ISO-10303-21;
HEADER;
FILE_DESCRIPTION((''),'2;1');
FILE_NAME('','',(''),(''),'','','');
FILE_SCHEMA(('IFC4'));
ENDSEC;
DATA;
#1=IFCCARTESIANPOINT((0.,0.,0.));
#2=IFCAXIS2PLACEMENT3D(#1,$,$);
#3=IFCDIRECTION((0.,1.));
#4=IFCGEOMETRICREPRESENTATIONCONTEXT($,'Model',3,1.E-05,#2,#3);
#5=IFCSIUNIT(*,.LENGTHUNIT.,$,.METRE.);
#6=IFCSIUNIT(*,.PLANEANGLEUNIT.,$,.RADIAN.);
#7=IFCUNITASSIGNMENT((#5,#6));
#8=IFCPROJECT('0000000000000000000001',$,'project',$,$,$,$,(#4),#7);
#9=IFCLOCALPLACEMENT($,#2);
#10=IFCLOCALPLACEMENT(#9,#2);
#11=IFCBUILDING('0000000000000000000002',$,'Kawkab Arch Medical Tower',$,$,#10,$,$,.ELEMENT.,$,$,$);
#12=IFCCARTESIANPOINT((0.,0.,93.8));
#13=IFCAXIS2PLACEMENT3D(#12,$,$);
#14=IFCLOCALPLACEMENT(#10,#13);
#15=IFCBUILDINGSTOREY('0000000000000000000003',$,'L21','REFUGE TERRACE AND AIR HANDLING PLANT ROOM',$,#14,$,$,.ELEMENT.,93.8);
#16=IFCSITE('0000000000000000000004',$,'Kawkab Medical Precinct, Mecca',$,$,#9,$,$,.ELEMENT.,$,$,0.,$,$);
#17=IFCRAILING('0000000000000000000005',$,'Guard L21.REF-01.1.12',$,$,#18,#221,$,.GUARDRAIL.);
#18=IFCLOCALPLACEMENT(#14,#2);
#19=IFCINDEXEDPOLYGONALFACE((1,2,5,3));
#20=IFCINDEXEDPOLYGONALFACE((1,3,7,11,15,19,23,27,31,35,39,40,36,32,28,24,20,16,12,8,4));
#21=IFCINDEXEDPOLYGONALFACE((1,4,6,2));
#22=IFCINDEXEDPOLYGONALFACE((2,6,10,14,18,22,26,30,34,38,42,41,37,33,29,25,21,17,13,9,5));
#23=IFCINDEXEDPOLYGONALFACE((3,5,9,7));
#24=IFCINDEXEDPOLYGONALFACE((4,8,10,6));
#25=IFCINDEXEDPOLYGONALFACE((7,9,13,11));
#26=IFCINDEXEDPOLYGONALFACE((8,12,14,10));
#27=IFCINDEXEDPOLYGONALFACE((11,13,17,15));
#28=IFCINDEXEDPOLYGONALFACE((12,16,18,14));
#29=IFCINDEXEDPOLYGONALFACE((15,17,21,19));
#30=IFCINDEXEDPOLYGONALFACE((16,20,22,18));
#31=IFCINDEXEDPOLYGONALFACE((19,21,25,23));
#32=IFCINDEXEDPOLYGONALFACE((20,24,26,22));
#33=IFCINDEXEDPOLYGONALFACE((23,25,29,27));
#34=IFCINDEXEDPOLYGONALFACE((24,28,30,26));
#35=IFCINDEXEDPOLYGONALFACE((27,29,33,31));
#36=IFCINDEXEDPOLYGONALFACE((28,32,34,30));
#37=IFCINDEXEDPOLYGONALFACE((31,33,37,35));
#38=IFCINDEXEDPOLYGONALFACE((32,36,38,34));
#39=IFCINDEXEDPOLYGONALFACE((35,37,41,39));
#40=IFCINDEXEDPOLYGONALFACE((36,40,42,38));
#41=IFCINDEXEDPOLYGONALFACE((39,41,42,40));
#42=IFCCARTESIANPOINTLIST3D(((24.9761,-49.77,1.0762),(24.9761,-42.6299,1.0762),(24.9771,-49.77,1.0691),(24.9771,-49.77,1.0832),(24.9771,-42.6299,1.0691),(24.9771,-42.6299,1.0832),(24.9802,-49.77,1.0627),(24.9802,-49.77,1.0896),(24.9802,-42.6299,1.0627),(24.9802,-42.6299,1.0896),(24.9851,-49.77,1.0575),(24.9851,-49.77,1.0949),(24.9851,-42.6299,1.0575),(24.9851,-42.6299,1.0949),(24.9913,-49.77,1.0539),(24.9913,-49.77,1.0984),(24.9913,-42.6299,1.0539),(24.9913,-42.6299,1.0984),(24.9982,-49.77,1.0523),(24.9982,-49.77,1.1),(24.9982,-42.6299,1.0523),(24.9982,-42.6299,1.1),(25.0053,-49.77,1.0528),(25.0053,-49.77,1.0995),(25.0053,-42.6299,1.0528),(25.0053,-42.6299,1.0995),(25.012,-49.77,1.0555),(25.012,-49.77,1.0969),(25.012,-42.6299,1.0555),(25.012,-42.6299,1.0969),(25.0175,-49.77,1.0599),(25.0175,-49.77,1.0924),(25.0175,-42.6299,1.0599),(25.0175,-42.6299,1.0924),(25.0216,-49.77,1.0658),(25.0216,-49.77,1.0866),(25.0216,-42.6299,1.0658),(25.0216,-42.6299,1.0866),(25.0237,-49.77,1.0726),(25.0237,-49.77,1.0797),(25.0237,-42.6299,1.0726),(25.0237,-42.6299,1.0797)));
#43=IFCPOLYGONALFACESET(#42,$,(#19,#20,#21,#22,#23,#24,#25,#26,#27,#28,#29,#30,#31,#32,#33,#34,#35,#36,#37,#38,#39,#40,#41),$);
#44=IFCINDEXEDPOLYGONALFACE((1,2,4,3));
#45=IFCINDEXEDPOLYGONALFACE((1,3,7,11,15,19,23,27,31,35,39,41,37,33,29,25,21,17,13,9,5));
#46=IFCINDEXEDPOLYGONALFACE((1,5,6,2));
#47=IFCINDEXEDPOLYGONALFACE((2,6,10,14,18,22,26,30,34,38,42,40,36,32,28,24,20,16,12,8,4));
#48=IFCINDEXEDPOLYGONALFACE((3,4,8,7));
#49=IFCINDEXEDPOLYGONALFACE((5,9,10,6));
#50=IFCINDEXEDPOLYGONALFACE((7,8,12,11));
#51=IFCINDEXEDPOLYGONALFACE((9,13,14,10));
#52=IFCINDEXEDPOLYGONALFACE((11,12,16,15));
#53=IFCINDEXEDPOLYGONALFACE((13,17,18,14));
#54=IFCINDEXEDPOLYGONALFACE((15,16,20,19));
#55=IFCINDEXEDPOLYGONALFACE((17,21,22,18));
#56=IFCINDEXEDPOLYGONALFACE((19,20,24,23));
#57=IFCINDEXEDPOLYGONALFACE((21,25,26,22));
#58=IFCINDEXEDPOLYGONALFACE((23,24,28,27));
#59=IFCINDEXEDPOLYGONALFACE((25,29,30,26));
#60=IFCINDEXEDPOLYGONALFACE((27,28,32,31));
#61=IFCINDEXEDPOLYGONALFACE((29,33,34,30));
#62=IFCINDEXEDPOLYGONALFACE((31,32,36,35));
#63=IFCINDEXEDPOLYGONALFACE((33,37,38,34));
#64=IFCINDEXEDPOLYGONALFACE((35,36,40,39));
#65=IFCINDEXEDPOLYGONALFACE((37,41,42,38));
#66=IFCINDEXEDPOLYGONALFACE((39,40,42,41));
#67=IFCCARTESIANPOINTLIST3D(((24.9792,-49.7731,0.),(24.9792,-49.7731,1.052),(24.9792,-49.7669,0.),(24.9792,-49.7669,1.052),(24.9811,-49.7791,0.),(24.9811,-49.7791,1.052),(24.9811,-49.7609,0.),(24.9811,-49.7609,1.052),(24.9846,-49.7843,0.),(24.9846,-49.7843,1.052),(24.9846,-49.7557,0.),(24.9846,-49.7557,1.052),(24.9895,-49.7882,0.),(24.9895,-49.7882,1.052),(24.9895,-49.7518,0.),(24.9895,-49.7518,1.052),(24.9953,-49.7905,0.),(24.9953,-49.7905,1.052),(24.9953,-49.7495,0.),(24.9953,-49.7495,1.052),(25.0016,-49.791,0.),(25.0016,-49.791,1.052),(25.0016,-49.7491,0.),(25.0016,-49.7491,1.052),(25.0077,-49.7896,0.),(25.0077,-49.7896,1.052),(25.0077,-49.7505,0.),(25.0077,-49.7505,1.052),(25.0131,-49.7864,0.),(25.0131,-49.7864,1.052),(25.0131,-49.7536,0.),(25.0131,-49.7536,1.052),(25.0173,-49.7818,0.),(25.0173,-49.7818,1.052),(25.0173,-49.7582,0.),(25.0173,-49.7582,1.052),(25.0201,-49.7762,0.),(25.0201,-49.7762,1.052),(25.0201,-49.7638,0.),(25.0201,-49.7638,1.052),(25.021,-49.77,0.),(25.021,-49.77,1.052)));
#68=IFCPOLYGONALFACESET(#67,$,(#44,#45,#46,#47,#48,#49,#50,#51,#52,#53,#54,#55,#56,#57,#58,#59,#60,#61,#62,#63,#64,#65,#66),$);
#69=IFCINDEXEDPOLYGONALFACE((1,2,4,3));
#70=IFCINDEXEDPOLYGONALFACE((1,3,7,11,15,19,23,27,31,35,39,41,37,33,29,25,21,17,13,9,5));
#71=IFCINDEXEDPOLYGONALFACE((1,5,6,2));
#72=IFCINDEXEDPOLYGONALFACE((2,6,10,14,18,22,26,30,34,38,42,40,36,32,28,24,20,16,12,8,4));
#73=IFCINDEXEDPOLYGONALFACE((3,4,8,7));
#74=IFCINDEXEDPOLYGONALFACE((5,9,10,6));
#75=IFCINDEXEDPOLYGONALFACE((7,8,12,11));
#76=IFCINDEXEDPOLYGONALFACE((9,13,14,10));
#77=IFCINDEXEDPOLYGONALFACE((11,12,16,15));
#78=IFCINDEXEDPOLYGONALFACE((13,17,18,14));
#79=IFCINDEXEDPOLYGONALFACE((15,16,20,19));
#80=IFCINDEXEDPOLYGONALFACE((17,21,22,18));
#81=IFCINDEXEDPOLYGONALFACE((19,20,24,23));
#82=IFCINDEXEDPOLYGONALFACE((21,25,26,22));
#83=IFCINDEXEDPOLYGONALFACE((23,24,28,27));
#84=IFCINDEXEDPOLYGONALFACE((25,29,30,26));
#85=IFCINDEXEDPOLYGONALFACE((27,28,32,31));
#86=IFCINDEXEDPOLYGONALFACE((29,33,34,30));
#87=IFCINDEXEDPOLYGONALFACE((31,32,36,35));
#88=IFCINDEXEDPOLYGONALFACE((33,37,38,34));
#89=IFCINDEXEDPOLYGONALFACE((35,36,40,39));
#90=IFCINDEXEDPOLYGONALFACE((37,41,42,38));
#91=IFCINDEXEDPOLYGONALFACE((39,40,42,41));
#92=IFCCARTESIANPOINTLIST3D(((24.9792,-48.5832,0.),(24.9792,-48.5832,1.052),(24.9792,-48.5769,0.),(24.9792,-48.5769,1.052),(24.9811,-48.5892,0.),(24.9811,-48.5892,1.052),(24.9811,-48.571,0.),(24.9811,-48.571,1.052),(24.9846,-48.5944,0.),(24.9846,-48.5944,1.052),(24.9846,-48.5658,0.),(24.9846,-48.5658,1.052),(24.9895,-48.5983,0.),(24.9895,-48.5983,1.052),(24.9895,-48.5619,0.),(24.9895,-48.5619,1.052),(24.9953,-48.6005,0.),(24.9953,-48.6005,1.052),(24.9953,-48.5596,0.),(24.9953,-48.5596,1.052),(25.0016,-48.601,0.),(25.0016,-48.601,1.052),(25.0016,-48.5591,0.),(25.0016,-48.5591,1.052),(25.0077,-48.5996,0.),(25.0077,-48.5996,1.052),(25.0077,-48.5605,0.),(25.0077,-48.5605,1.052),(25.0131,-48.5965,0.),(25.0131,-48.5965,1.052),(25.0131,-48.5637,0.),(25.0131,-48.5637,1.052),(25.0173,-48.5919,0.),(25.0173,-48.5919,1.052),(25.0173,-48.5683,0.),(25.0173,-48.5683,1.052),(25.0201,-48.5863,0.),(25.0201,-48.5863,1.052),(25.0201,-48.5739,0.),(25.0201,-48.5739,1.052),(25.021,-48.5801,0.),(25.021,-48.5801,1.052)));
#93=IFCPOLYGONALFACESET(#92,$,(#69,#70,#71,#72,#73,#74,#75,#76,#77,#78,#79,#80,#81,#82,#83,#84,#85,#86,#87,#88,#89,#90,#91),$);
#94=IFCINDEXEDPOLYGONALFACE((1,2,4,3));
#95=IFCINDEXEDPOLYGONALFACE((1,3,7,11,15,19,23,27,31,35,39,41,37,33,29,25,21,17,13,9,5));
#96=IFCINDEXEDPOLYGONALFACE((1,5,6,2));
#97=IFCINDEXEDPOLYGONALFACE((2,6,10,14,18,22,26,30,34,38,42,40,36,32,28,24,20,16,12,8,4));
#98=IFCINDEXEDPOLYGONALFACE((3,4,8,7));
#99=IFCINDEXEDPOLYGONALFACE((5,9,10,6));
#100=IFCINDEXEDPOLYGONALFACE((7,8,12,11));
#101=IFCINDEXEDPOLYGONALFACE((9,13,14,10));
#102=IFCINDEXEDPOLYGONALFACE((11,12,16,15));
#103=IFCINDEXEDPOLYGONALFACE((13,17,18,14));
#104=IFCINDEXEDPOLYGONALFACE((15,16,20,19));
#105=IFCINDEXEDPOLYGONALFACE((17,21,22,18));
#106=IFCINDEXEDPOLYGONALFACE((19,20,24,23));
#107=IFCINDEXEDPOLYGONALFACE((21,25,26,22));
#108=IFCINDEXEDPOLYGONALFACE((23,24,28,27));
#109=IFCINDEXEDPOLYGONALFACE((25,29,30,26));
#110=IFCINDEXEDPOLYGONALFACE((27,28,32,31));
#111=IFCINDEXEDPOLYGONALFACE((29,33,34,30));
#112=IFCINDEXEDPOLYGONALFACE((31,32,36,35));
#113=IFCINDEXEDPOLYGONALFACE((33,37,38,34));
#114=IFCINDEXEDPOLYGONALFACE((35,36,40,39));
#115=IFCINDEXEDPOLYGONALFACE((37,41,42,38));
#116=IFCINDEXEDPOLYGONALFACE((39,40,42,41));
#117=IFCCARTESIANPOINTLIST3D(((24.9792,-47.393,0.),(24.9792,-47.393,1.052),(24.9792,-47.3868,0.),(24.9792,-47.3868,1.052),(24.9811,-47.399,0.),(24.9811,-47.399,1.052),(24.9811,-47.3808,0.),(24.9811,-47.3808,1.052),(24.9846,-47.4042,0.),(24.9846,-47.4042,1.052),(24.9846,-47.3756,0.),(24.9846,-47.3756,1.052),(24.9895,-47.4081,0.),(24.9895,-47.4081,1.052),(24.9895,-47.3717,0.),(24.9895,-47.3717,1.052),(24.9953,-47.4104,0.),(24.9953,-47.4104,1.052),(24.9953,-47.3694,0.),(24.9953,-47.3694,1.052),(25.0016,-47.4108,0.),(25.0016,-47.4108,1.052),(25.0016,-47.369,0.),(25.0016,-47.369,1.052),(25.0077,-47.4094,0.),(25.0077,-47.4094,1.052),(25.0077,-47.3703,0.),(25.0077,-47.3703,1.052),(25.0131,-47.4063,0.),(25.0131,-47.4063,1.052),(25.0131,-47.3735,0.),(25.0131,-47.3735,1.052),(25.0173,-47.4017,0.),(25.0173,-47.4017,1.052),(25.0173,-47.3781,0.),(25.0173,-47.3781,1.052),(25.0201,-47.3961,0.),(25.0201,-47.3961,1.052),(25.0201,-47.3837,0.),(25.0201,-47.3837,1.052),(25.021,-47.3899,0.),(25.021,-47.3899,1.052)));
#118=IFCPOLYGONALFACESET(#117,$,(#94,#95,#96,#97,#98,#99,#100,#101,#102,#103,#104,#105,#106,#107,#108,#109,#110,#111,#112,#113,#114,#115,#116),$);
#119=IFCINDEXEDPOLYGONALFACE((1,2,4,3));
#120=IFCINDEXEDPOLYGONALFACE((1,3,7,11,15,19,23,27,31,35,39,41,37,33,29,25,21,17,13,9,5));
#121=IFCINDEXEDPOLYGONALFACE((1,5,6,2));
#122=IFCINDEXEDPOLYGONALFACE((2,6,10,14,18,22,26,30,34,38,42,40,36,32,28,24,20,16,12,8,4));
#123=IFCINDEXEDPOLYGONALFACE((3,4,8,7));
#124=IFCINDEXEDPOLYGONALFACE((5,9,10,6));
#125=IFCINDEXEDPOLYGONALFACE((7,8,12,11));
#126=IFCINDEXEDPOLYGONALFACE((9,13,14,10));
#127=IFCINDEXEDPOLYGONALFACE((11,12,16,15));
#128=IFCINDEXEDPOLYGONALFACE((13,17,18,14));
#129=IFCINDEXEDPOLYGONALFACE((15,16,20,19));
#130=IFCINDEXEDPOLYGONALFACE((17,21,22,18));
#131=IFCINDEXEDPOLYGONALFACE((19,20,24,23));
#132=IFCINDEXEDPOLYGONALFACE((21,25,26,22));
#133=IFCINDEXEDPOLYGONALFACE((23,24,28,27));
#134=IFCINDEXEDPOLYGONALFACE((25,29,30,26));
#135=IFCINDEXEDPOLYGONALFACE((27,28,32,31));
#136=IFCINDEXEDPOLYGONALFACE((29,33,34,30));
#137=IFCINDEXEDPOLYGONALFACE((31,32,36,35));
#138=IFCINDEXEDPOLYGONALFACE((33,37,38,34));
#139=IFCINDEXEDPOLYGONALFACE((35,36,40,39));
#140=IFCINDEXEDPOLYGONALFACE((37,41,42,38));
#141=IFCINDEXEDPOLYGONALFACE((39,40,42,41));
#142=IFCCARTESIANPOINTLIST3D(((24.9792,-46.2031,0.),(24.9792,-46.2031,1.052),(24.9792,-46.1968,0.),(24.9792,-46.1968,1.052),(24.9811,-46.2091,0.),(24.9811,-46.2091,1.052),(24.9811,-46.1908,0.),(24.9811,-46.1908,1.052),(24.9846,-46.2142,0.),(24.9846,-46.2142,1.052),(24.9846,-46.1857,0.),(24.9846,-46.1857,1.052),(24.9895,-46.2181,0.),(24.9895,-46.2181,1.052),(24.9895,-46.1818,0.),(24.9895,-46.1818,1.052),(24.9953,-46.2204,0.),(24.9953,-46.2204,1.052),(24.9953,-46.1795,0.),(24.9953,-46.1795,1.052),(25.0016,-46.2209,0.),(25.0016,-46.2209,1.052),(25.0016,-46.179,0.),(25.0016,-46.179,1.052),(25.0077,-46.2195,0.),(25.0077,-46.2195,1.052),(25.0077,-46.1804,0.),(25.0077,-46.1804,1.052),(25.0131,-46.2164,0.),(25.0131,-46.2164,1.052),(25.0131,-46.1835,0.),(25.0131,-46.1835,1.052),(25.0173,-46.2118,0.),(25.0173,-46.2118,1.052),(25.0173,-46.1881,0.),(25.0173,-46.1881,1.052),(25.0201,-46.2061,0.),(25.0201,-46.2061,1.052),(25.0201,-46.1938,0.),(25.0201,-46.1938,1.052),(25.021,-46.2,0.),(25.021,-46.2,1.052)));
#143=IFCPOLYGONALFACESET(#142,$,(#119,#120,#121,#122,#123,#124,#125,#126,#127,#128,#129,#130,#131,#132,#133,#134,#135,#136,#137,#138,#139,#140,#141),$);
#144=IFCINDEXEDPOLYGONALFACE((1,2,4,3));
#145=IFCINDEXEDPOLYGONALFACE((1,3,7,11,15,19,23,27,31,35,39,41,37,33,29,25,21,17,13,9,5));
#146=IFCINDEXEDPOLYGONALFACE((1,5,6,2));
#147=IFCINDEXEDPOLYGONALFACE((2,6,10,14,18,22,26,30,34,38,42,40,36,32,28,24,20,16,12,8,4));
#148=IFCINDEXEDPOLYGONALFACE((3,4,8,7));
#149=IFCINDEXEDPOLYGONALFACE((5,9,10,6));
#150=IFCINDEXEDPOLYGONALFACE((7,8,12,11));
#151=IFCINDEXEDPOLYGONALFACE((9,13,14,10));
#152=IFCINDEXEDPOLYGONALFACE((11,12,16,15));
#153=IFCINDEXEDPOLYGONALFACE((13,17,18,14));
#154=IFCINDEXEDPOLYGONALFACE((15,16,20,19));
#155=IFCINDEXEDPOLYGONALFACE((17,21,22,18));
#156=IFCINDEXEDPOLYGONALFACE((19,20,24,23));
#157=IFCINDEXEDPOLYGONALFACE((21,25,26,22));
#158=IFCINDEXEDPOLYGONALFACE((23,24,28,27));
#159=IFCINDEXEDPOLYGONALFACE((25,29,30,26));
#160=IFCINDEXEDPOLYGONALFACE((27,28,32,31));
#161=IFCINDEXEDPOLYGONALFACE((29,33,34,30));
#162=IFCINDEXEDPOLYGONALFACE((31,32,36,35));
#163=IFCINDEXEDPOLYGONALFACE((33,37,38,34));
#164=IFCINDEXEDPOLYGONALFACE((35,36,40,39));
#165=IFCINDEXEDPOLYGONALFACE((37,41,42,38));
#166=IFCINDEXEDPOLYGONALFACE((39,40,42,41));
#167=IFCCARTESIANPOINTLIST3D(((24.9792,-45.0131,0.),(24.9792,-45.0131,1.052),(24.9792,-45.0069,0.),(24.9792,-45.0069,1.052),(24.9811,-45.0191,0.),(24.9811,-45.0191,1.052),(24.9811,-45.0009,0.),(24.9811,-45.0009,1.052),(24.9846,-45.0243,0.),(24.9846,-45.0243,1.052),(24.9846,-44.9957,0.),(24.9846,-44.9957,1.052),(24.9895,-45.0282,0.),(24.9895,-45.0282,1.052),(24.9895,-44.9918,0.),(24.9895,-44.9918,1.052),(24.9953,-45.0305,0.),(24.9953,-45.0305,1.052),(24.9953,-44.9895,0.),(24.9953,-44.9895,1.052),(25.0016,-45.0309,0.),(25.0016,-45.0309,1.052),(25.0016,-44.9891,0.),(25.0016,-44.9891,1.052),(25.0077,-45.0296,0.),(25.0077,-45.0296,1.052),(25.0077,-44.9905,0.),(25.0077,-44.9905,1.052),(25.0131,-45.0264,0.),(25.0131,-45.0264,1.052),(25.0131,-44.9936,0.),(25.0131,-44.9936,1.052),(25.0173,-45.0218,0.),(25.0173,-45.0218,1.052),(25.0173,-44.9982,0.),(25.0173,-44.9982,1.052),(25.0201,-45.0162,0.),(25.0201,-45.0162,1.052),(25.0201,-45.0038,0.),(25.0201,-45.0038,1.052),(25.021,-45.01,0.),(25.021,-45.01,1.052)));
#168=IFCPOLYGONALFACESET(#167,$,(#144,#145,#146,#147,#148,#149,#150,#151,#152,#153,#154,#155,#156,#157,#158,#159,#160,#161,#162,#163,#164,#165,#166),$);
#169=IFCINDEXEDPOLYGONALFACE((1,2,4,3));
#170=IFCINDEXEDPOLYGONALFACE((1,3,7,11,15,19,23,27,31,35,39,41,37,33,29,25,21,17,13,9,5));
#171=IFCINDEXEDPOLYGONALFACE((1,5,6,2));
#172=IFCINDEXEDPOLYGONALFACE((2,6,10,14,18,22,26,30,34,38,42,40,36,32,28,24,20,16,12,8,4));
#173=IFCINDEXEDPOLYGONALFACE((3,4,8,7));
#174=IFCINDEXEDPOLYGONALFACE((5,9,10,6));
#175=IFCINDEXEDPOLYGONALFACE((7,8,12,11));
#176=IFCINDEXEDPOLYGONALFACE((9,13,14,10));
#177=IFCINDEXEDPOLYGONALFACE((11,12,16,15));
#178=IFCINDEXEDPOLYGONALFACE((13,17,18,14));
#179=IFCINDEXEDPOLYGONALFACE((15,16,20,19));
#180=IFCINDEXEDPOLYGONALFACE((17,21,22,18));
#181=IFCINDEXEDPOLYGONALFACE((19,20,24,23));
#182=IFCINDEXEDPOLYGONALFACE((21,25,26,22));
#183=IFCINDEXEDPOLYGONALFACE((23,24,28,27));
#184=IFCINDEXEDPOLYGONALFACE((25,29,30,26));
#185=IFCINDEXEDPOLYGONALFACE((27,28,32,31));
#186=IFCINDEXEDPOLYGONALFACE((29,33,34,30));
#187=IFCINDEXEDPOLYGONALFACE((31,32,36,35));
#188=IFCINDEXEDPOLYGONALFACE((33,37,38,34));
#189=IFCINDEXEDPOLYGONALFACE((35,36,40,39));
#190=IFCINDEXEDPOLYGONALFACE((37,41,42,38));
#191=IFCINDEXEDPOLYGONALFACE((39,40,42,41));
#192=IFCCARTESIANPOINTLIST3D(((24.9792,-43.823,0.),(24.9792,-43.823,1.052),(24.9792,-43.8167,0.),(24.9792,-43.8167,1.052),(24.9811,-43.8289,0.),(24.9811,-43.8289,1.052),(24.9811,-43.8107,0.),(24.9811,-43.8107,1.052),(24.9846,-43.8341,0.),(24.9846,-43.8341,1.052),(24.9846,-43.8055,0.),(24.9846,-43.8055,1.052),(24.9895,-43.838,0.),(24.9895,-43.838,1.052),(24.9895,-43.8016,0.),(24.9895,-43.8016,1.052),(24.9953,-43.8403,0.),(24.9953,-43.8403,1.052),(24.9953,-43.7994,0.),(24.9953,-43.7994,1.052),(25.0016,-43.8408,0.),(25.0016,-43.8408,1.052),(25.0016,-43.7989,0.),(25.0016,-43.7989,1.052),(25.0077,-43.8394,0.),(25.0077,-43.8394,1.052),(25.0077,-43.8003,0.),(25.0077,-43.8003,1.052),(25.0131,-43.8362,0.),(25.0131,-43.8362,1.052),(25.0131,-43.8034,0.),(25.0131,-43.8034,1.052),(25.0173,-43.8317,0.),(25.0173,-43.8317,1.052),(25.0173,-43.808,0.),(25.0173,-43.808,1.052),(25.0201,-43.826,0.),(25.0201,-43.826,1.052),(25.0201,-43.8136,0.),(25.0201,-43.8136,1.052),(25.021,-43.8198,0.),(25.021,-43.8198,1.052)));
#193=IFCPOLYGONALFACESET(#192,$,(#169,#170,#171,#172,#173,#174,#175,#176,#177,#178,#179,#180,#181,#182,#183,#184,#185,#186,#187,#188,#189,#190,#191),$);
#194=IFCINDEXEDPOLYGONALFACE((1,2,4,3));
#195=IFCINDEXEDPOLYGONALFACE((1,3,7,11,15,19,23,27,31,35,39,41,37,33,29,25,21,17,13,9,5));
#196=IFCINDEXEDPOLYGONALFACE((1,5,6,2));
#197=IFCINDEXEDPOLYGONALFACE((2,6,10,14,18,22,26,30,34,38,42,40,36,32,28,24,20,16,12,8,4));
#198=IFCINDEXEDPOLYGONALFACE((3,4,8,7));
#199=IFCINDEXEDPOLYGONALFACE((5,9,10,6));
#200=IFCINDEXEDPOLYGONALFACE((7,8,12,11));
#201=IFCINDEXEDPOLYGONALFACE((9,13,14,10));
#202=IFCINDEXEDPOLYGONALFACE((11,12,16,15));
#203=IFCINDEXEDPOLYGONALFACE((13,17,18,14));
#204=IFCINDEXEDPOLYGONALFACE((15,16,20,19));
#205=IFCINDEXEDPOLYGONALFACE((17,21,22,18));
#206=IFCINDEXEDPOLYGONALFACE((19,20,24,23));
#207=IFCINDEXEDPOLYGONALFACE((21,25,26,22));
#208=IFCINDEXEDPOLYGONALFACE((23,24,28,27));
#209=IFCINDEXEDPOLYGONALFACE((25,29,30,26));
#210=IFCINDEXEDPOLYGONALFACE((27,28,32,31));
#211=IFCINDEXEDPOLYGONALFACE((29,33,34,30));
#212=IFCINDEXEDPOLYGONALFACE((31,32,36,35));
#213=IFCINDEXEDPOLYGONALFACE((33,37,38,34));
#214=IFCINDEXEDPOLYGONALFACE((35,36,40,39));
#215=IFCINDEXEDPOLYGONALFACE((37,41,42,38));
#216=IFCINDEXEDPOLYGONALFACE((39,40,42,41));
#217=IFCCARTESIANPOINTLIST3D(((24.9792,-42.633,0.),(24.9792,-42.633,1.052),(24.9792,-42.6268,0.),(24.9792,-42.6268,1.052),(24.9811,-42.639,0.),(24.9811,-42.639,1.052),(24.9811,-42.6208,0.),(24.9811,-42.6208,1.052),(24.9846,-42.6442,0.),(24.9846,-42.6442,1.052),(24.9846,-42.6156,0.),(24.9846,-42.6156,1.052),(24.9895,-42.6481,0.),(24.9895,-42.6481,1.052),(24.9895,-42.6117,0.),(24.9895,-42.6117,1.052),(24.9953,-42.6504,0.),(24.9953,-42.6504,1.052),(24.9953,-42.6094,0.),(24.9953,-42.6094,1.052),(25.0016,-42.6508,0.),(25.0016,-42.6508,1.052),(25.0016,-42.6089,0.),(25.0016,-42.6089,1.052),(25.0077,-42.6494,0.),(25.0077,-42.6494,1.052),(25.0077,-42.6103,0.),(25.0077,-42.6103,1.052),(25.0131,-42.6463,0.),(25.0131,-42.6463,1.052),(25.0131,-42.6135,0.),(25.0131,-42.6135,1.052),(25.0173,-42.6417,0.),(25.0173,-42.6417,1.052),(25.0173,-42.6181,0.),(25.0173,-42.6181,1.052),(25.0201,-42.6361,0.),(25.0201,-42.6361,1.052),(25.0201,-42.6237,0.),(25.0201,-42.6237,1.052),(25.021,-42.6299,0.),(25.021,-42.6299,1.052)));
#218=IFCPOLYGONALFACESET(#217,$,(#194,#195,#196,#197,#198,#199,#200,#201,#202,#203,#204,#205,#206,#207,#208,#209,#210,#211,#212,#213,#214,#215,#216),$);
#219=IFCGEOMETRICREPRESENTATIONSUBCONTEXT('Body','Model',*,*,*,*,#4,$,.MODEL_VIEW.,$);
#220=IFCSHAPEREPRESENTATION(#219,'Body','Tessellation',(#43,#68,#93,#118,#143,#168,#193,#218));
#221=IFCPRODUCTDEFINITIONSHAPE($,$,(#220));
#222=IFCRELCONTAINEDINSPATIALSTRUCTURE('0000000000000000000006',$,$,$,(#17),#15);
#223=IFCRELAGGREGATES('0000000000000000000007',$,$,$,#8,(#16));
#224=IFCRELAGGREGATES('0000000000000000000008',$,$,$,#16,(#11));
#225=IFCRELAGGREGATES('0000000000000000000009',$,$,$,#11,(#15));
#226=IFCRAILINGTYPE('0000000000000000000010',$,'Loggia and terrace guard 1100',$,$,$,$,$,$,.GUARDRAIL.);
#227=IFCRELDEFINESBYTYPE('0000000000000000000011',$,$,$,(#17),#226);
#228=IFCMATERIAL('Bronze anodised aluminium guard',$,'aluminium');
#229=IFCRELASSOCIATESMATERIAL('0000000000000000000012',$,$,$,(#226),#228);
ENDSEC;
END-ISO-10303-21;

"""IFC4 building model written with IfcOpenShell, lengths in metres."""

from ifc_helpers import new_model, si_unit, direction, frame, origin, origin_2d, place, context, subcontext, project, spatial, circle, extrude, material, type_object, element, save


model = new_model("IFC4")

# Units and contexts
model_context = context("Model", 3, precision=1e-05, world=origin(), true_north=direction((0.0, 1.0)))
body_context = subcontext(model_context, "Body", "Model", "MODEL_VIEW")
ifc_project = project(units=[si_unit("LENGTHUNIT", "METRE"), si_unit("PLANEANGLEUNIT", "RADIAN")], contexts=[model_context])

# Site, building, storey
site_placement = place(None, origin())
site = spatial("IfcSite", under=ifc_project, at=site_placement, Name="Kawkab Medical Precinct, Mecca", CompositionType="ELEMENT", RefElevation=0.0)
building_placement = place(site_placement, origin())
building = spatial("IfcBuilding", under=site, at=building_placement, Name="Kawkab Arch Medical Tower", CompositionType="ELEMENT")
storey_placement = place(building_placement, frame((0.0, 0.0, 93.8)))
storey = spatial("IfcBuildingStorey", under=building, at=storey_placement, Name="L21", Description="REFUGE TERRACE AND AIR HANDLING PLANT ROOM", CompositionType="ELEMENT", Elevation=93.8)

# Railing
ifc_material_1 = material(Name="Bronze anodised aluminium guard", Category="aluminium")
railing_type = type_object("IfcRailingType", Name="Loggia and terrace guard 1100", PredefinedType="GUARDRAIL", material=ifc_material_1)
railing_1_placement = place(storey_placement, frame((25.0, -49.77, 0.0)))
element("IfcRailing", 1, at=railing_1_placement, inside=storey, type_object=railing_type, Name="Guard L21.REF-01.1.12", PredefinedType="GUARDRAIL", context=body_context, shape_type="SweptSolid", body=[
    extrude(circle(Radius=0.0239, at=origin_2d()), frame((0.0, 0.0, 1.0762), z_axis=(0.0, 1.0, 0.0), x_axis=(-1.0, 0.0, 0.0)), (0.0, 0.0, 1.0), 7.1401),
    extrude(circle(Radius=0.021, at=origin_2d()), origin(), (0.0, 0.0, 1.0), 1.052),
    extrude(circle(Radius=0.021, at=origin_2d()), frame((0.0, 1.1899, 0.0)), (0.0, 0.0, 1.0), 1.052),
    extrude(circle(Radius=0.021, at=origin_2d()), frame((0.0, 2.3801, 0.0)), (0.0, 0.0, 1.0), 1.052),
    extrude(circle(Radius=0.021, at=origin_2d()), frame((0.0, 3.5701, 0.0)), (0.0, 0.0, 1.0), 1.052),
    extrude(circle(Radius=0.021, at=origin_2d()), frame((0.0, 4.76, 0.0)), (0.0, 0.0, 1.0), 1.052),
    extrude(circle(Radius=0.021, at=origin_2d()), frame((0.0, 5.9502, 0.0)), (0.0, 0.0, 1.0), 1.052),
    extrude(circle(Radius=0.021, at=origin_2d()), frame((0.0, 7.1401, 0.0)), (0.0, 0.0, 1.0), 1.052),
])

save(model, "model.ifc")
